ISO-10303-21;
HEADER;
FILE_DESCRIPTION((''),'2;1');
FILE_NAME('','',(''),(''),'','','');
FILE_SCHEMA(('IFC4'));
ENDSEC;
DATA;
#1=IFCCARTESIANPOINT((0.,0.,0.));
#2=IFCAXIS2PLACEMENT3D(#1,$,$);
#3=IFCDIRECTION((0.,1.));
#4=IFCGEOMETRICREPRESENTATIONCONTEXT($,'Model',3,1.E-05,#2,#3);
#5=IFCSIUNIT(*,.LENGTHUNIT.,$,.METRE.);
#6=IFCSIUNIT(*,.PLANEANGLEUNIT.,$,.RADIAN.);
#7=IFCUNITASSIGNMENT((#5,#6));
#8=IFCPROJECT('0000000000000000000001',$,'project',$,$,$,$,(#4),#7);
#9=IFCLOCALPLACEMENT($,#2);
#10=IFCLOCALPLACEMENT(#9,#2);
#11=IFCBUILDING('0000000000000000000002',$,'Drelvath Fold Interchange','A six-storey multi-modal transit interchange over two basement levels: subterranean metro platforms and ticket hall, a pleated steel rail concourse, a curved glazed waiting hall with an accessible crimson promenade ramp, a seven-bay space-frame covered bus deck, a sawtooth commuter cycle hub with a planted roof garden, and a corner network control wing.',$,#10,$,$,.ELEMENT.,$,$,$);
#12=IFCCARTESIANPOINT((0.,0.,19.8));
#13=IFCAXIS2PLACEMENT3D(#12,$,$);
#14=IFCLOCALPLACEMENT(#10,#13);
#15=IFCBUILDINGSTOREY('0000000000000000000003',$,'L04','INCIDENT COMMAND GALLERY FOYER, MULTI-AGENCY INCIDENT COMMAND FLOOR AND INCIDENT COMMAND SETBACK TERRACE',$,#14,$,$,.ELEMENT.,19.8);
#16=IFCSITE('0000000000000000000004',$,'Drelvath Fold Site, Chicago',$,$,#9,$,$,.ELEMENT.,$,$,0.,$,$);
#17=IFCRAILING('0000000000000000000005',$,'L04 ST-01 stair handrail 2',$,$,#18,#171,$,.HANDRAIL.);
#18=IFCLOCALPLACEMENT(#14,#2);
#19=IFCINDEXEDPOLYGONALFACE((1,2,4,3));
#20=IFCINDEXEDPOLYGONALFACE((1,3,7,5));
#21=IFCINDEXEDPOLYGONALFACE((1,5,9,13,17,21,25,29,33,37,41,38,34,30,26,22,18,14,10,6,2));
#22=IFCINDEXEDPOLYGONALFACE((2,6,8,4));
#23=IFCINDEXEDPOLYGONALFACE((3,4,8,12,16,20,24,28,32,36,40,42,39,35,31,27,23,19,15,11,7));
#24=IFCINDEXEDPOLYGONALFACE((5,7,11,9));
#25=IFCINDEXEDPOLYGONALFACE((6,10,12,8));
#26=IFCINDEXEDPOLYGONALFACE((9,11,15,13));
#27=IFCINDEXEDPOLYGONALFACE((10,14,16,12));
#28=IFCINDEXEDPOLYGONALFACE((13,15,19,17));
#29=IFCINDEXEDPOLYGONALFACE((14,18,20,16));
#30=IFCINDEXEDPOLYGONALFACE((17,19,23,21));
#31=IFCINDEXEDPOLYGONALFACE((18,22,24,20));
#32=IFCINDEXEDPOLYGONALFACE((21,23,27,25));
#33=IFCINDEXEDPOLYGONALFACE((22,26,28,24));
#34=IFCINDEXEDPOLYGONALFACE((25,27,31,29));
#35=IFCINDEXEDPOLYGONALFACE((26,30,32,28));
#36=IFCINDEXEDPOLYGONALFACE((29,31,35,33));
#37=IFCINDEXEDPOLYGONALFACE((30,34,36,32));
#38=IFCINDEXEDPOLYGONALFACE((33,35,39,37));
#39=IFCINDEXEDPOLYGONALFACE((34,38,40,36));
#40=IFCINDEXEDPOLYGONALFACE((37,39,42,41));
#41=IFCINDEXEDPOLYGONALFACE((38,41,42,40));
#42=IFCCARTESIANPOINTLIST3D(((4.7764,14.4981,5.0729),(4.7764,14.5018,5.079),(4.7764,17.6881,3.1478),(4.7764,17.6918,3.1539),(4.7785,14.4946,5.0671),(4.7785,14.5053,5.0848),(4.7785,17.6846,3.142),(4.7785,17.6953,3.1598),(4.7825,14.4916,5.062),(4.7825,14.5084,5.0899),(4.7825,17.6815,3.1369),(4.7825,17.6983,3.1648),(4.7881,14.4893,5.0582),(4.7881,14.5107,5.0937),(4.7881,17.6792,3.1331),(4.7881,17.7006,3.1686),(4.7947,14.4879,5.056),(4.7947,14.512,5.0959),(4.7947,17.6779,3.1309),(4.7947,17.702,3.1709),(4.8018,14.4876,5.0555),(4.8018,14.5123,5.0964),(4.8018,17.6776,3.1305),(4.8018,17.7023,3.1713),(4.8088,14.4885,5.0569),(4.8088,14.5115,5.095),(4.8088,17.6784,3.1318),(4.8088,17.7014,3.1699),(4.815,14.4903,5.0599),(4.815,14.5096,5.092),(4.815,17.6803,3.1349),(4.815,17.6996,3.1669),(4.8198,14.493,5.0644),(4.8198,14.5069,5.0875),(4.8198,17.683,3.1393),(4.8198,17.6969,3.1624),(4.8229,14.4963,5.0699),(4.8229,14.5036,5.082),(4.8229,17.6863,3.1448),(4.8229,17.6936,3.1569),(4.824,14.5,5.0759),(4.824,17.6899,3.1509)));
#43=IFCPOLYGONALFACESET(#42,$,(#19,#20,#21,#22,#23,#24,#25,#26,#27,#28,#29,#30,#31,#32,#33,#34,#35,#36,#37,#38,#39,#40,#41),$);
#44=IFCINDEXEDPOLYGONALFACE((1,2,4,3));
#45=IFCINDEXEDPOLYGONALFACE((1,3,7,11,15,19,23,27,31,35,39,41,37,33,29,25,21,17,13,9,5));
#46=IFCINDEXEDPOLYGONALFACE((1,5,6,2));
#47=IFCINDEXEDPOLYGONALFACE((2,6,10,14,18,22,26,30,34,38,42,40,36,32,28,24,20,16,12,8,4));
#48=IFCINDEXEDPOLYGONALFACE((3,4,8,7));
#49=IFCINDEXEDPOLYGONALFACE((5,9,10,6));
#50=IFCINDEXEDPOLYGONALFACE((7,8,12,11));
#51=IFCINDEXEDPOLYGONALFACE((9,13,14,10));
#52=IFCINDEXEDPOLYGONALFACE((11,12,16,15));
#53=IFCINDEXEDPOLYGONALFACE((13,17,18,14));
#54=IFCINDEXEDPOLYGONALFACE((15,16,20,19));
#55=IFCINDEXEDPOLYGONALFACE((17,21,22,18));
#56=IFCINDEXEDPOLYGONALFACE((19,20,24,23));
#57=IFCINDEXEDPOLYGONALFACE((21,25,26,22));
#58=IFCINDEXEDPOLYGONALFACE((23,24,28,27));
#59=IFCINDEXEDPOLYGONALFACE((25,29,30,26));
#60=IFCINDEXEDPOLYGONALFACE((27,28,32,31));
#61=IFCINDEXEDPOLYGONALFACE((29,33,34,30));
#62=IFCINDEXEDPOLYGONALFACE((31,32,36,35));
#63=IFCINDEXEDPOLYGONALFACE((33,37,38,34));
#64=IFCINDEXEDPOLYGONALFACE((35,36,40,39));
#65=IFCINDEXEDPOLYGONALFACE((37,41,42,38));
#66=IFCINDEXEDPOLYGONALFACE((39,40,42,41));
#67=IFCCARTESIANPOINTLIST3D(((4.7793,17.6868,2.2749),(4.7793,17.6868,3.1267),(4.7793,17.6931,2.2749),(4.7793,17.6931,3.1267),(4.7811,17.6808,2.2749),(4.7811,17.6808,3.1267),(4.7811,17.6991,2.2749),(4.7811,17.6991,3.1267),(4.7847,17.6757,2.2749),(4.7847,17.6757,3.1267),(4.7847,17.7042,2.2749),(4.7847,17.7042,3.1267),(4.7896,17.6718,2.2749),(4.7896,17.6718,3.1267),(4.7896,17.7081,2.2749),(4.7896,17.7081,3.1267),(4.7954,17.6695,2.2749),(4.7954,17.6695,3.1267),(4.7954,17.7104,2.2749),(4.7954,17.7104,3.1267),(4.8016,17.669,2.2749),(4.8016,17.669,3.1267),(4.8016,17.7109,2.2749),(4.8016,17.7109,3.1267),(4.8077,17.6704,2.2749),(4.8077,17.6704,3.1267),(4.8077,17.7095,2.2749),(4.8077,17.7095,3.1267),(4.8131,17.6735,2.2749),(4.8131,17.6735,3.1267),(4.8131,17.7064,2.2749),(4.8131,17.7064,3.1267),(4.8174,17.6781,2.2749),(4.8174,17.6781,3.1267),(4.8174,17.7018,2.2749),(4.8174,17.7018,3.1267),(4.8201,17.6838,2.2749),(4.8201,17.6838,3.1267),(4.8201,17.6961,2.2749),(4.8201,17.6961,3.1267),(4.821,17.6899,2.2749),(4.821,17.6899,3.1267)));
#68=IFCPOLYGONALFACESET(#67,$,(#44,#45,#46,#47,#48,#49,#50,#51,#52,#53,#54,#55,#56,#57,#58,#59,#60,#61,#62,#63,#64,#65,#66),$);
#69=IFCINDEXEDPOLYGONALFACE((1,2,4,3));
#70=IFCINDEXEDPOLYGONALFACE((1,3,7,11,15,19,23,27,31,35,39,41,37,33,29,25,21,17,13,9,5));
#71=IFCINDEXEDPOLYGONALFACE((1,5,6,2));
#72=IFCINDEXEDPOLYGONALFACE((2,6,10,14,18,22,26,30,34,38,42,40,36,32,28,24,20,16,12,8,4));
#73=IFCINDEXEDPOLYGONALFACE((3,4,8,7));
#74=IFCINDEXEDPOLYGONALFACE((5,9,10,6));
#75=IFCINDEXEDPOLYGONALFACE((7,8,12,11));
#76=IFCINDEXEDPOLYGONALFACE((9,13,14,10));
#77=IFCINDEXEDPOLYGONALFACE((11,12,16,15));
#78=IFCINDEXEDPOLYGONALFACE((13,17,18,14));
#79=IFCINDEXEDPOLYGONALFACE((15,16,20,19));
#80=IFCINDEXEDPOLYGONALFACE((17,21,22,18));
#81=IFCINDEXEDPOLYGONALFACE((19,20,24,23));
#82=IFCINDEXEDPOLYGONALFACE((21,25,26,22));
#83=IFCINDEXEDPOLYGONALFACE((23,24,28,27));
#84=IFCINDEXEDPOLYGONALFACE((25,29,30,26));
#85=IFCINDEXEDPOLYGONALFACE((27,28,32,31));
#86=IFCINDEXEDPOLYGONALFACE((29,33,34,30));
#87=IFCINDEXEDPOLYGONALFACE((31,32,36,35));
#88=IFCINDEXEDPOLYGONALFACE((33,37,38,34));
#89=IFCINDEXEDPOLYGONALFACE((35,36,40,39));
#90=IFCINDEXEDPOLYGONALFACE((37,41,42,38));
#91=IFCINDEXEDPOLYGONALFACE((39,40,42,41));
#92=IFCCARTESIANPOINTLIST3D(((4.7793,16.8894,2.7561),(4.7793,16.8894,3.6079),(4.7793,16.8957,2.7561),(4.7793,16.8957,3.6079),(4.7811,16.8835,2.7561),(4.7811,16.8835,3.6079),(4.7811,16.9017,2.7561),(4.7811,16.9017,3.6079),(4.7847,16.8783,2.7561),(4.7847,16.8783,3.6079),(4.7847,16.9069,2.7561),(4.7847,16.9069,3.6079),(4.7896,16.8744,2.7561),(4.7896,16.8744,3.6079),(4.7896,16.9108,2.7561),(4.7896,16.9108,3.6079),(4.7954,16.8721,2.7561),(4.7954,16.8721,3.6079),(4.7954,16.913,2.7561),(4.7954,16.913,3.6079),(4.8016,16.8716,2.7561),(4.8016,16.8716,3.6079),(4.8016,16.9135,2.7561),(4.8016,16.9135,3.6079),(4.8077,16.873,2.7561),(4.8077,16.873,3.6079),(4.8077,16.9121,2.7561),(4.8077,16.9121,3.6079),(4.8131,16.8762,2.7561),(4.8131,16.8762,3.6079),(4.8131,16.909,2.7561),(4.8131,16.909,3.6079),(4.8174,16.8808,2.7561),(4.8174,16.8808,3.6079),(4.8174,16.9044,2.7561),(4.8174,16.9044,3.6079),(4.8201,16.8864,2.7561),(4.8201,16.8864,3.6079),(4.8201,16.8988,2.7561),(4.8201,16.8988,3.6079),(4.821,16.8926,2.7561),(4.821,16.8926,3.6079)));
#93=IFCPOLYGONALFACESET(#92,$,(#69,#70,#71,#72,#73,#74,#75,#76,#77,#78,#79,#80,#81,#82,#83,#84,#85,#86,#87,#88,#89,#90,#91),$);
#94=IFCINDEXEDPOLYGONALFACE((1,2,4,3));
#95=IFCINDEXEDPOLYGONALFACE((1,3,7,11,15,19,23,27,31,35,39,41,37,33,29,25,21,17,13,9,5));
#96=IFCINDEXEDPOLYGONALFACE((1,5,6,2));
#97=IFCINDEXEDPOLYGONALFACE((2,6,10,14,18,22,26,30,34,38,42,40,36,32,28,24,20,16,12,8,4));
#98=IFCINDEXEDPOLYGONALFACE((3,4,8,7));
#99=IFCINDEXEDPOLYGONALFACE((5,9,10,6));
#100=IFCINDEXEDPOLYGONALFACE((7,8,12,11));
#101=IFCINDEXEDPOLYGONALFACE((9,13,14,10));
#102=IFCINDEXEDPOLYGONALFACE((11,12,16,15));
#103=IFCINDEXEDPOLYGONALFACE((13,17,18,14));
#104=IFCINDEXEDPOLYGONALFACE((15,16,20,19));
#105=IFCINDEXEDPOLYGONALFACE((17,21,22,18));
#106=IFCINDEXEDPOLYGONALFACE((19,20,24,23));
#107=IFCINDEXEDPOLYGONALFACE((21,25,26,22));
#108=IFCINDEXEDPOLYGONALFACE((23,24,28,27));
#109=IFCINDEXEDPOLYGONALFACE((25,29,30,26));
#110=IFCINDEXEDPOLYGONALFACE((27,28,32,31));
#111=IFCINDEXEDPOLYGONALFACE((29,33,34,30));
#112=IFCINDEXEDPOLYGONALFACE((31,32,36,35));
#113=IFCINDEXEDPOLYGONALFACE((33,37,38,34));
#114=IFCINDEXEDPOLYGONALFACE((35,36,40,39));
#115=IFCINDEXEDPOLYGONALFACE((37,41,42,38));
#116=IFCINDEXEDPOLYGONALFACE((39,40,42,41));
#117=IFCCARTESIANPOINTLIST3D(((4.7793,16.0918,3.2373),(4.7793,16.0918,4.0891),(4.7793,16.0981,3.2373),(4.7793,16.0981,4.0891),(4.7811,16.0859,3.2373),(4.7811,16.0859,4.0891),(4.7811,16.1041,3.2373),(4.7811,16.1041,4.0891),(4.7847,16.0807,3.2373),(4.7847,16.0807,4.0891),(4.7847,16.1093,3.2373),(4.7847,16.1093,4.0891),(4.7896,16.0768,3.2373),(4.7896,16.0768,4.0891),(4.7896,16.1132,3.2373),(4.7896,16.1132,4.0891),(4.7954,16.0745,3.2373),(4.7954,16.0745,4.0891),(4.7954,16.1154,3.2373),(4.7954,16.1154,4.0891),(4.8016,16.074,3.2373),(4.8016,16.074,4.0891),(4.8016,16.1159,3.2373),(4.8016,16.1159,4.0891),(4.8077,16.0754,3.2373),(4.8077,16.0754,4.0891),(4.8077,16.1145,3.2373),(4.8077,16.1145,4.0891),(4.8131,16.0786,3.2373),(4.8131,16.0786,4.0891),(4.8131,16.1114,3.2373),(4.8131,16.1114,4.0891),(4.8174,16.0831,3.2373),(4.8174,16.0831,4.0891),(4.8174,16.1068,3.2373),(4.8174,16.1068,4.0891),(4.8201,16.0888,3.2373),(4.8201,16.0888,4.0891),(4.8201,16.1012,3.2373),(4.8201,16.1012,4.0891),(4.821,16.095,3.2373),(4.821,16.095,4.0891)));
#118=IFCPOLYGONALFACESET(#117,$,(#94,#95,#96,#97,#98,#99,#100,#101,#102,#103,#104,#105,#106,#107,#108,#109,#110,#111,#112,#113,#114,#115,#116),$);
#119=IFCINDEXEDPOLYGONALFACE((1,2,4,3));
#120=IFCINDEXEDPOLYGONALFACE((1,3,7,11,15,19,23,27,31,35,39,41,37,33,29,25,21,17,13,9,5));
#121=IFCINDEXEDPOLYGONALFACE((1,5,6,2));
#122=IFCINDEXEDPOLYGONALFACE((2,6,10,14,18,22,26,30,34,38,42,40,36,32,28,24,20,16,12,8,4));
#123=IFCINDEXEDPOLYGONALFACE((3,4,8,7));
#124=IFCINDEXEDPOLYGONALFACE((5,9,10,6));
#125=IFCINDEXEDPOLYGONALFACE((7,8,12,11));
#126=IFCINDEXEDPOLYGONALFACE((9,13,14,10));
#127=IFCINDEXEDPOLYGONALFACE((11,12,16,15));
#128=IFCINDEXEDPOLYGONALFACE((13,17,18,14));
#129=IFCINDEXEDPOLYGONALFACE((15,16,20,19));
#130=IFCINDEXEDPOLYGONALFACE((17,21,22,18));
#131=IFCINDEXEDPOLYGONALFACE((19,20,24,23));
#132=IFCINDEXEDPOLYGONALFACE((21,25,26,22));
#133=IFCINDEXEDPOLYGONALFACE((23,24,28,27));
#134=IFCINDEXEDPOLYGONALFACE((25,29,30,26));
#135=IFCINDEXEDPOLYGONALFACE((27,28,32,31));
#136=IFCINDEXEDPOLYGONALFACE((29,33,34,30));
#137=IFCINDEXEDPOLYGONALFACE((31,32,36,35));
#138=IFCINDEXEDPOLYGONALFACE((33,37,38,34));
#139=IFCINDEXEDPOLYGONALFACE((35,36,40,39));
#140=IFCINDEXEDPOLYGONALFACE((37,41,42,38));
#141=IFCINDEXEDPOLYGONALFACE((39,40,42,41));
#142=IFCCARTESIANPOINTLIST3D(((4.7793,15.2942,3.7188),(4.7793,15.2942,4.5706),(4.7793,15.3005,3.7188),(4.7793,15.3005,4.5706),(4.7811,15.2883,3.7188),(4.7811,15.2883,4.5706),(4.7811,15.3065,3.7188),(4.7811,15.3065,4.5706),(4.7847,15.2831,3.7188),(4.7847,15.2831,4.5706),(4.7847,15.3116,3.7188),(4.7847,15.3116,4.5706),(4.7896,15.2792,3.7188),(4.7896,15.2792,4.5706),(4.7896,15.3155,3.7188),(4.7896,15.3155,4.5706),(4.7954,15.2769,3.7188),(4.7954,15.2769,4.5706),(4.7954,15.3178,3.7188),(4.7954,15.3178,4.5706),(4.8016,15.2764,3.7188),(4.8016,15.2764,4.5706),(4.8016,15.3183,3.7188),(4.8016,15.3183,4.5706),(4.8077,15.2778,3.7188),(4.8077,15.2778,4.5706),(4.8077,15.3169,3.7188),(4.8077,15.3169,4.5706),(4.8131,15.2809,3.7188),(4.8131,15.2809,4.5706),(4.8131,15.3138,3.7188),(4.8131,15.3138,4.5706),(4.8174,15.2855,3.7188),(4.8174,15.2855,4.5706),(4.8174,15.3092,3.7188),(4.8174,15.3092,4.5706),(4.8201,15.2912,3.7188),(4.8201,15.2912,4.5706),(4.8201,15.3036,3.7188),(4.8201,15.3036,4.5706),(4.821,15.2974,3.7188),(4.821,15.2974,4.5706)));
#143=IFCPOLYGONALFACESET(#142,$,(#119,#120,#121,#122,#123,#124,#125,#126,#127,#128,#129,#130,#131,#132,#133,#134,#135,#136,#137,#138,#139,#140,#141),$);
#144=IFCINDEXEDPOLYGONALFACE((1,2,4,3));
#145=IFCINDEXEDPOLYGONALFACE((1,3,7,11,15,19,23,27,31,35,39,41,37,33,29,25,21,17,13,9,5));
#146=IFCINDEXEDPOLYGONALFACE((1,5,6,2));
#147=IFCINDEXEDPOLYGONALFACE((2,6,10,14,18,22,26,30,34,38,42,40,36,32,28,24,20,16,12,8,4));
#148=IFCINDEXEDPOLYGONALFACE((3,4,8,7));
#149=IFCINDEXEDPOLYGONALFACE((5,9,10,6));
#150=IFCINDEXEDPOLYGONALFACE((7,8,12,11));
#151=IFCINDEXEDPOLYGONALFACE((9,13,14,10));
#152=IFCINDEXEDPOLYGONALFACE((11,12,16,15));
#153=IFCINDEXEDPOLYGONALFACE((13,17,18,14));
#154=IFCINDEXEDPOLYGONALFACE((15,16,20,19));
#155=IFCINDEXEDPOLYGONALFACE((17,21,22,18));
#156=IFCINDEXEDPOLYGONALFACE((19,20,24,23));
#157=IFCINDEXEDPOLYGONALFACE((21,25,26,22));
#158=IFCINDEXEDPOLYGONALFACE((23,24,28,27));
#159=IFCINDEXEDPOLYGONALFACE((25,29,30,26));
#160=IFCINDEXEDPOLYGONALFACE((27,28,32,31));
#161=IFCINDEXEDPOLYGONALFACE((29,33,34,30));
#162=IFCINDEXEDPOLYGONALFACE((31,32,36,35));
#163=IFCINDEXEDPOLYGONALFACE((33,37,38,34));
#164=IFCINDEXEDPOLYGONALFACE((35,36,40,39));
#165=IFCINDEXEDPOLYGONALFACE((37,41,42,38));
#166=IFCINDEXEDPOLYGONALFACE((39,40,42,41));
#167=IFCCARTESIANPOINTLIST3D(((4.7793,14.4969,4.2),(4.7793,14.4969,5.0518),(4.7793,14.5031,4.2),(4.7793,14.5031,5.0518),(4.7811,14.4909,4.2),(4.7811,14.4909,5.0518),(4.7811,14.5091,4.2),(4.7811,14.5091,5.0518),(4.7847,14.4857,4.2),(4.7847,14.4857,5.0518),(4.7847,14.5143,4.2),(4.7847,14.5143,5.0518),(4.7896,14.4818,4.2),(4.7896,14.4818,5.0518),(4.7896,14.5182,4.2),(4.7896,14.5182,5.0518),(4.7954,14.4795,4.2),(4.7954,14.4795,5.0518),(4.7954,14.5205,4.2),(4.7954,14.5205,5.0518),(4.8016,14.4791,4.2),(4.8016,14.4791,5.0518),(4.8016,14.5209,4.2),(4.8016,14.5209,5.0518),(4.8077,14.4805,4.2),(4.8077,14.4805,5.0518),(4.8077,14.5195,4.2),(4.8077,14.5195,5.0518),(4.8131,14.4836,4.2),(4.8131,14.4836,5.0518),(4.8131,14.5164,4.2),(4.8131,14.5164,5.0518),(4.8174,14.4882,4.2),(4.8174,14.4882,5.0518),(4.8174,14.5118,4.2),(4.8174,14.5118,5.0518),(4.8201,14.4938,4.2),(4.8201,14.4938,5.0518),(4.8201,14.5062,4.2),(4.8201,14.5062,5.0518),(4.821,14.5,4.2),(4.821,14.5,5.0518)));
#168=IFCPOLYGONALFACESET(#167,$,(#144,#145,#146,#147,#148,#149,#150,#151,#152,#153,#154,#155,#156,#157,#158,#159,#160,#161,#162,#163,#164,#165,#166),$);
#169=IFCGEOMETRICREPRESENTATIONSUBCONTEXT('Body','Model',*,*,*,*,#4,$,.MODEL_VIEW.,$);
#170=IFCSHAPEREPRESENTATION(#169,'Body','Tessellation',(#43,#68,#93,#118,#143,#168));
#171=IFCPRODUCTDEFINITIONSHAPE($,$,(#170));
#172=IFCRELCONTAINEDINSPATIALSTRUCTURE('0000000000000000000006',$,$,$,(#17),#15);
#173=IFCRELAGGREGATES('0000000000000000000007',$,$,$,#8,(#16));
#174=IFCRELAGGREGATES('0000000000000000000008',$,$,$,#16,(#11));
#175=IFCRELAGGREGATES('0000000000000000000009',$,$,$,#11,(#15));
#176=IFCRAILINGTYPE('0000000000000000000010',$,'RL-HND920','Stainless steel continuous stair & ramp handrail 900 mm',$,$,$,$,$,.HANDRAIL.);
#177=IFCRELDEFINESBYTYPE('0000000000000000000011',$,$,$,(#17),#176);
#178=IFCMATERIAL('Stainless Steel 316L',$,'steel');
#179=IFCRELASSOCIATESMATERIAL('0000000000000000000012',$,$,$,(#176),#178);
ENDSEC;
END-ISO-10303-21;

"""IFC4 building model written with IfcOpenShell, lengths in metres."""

from ifc_helpers import new_model, si_unit, direction, frame, origin, origin_2d, place, context, subcontext, project, spatial, circle, extrude, material, type_object, element, save


model = new_model("IFC4")

# Units and contexts
model_context = context("Model", 3, precision=1e-05, world=origin(), true_north=direction((0.0, 1.0)))
body_context = subcontext(model_context, "Body", "Model", "MODEL_VIEW")
ifc_project = project(units=[si_unit("LENGTHUNIT", "METRE"), si_unit("PLANEANGLEUNIT", "RADIAN")], contexts=[model_context])

# Site, building, storey
site_placement = place(None, origin())
site = spatial("IfcSite", under=ifc_project, at=site_placement, Name="Drelvath Fold Site, Chicago", CompositionType="ELEMENT", RefElevation=0.0)
building_placement = place(site_placement, origin())
building = spatial("IfcBuilding", under=site, at=building_placement, Name="Drelvath Fold Interchange", Description="A six-storey multi-modal transit interchange over two basement levels: subterranean metro platforms and ticket hall, a pleated steel rail concourse, a curved glazed waiting hall with an accessible crimson promenade ramp, a seven-bay space-frame covered bus deck, a sawtooth commuter cycle hub with a planted roof garden, and a corner network control wing.", CompositionType="ELEMENT")
storey_placement = place(building_placement, frame((0.0, 0.0, 19.8)))
storey = spatial("IfcBuildingStorey", under=building, at=storey_placement, Name="L04", Description="INCIDENT COMMAND GALLERY FOYER, MULTI-AGENCY INCIDENT COMMAND FLOOR AND INCIDENT COMMAND SETBACK TERRACE", CompositionType="ELEMENT", Elevation=19.8)

# Railing
ifc_material_1 = material(Name="Stainless Steel 316L", Category="steel")
railing_type_1 = type_object("IfcRailingType", Name="RL-HND920", Description="Stainless steel continuous stair & ramp handrail 900 mm", PredefinedType="HANDRAIL", material=ifc_material_1)
railing_1_placement = place(storey_placement, frame((4.8, 17.6899, 2.2749)))
element("IfcRailing", 1, at=railing_1_placement, inside=storey, type_object=railing_type_1, Name="L04 ST-01 stair handrail 2", PredefinedType="HANDRAIL", context=body_context, shape_type="SweptSolid", body=[
    extrude(circle(Radius=0.0239, at=origin_2d()), frame((0.0, 0.0, 0.876), z_axis=(0.0, -0.856178, 0.516682), x_axis=(1.0, 0.0, 0.0)), (0.0, 0.0, 1.0), 3.7258),
    extrude(circle(Radius=0.021, at=origin_2d()), origin(), (0.0, 0.0, 1.0), 0.8518),
    extrude(circle(Radius=0.021, at=origin_2d()), frame((0.0, -0.7974, 0.4812)), (0.0, 0.0, 1.0), 0.8518),
    extrude(circle(Radius=0.021, at=origin_2d()), frame((0.0, -1.595, 0.9624)), (0.0, 0.0, 1.0), 0.8518),
    extrude(circle(Radius=0.021, at=origin_2d()), frame((0.0, -2.3926, 1.4438)), (0.0, 0.0, 1.0), 0.8518),
    extrude(circle(Radius=0.021, at=origin_2d()), frame((0.0, -3.1899, 1.925)), (0.0, 0.0, 1.0), 0.8518),
])

save(model, "model.ifc")
